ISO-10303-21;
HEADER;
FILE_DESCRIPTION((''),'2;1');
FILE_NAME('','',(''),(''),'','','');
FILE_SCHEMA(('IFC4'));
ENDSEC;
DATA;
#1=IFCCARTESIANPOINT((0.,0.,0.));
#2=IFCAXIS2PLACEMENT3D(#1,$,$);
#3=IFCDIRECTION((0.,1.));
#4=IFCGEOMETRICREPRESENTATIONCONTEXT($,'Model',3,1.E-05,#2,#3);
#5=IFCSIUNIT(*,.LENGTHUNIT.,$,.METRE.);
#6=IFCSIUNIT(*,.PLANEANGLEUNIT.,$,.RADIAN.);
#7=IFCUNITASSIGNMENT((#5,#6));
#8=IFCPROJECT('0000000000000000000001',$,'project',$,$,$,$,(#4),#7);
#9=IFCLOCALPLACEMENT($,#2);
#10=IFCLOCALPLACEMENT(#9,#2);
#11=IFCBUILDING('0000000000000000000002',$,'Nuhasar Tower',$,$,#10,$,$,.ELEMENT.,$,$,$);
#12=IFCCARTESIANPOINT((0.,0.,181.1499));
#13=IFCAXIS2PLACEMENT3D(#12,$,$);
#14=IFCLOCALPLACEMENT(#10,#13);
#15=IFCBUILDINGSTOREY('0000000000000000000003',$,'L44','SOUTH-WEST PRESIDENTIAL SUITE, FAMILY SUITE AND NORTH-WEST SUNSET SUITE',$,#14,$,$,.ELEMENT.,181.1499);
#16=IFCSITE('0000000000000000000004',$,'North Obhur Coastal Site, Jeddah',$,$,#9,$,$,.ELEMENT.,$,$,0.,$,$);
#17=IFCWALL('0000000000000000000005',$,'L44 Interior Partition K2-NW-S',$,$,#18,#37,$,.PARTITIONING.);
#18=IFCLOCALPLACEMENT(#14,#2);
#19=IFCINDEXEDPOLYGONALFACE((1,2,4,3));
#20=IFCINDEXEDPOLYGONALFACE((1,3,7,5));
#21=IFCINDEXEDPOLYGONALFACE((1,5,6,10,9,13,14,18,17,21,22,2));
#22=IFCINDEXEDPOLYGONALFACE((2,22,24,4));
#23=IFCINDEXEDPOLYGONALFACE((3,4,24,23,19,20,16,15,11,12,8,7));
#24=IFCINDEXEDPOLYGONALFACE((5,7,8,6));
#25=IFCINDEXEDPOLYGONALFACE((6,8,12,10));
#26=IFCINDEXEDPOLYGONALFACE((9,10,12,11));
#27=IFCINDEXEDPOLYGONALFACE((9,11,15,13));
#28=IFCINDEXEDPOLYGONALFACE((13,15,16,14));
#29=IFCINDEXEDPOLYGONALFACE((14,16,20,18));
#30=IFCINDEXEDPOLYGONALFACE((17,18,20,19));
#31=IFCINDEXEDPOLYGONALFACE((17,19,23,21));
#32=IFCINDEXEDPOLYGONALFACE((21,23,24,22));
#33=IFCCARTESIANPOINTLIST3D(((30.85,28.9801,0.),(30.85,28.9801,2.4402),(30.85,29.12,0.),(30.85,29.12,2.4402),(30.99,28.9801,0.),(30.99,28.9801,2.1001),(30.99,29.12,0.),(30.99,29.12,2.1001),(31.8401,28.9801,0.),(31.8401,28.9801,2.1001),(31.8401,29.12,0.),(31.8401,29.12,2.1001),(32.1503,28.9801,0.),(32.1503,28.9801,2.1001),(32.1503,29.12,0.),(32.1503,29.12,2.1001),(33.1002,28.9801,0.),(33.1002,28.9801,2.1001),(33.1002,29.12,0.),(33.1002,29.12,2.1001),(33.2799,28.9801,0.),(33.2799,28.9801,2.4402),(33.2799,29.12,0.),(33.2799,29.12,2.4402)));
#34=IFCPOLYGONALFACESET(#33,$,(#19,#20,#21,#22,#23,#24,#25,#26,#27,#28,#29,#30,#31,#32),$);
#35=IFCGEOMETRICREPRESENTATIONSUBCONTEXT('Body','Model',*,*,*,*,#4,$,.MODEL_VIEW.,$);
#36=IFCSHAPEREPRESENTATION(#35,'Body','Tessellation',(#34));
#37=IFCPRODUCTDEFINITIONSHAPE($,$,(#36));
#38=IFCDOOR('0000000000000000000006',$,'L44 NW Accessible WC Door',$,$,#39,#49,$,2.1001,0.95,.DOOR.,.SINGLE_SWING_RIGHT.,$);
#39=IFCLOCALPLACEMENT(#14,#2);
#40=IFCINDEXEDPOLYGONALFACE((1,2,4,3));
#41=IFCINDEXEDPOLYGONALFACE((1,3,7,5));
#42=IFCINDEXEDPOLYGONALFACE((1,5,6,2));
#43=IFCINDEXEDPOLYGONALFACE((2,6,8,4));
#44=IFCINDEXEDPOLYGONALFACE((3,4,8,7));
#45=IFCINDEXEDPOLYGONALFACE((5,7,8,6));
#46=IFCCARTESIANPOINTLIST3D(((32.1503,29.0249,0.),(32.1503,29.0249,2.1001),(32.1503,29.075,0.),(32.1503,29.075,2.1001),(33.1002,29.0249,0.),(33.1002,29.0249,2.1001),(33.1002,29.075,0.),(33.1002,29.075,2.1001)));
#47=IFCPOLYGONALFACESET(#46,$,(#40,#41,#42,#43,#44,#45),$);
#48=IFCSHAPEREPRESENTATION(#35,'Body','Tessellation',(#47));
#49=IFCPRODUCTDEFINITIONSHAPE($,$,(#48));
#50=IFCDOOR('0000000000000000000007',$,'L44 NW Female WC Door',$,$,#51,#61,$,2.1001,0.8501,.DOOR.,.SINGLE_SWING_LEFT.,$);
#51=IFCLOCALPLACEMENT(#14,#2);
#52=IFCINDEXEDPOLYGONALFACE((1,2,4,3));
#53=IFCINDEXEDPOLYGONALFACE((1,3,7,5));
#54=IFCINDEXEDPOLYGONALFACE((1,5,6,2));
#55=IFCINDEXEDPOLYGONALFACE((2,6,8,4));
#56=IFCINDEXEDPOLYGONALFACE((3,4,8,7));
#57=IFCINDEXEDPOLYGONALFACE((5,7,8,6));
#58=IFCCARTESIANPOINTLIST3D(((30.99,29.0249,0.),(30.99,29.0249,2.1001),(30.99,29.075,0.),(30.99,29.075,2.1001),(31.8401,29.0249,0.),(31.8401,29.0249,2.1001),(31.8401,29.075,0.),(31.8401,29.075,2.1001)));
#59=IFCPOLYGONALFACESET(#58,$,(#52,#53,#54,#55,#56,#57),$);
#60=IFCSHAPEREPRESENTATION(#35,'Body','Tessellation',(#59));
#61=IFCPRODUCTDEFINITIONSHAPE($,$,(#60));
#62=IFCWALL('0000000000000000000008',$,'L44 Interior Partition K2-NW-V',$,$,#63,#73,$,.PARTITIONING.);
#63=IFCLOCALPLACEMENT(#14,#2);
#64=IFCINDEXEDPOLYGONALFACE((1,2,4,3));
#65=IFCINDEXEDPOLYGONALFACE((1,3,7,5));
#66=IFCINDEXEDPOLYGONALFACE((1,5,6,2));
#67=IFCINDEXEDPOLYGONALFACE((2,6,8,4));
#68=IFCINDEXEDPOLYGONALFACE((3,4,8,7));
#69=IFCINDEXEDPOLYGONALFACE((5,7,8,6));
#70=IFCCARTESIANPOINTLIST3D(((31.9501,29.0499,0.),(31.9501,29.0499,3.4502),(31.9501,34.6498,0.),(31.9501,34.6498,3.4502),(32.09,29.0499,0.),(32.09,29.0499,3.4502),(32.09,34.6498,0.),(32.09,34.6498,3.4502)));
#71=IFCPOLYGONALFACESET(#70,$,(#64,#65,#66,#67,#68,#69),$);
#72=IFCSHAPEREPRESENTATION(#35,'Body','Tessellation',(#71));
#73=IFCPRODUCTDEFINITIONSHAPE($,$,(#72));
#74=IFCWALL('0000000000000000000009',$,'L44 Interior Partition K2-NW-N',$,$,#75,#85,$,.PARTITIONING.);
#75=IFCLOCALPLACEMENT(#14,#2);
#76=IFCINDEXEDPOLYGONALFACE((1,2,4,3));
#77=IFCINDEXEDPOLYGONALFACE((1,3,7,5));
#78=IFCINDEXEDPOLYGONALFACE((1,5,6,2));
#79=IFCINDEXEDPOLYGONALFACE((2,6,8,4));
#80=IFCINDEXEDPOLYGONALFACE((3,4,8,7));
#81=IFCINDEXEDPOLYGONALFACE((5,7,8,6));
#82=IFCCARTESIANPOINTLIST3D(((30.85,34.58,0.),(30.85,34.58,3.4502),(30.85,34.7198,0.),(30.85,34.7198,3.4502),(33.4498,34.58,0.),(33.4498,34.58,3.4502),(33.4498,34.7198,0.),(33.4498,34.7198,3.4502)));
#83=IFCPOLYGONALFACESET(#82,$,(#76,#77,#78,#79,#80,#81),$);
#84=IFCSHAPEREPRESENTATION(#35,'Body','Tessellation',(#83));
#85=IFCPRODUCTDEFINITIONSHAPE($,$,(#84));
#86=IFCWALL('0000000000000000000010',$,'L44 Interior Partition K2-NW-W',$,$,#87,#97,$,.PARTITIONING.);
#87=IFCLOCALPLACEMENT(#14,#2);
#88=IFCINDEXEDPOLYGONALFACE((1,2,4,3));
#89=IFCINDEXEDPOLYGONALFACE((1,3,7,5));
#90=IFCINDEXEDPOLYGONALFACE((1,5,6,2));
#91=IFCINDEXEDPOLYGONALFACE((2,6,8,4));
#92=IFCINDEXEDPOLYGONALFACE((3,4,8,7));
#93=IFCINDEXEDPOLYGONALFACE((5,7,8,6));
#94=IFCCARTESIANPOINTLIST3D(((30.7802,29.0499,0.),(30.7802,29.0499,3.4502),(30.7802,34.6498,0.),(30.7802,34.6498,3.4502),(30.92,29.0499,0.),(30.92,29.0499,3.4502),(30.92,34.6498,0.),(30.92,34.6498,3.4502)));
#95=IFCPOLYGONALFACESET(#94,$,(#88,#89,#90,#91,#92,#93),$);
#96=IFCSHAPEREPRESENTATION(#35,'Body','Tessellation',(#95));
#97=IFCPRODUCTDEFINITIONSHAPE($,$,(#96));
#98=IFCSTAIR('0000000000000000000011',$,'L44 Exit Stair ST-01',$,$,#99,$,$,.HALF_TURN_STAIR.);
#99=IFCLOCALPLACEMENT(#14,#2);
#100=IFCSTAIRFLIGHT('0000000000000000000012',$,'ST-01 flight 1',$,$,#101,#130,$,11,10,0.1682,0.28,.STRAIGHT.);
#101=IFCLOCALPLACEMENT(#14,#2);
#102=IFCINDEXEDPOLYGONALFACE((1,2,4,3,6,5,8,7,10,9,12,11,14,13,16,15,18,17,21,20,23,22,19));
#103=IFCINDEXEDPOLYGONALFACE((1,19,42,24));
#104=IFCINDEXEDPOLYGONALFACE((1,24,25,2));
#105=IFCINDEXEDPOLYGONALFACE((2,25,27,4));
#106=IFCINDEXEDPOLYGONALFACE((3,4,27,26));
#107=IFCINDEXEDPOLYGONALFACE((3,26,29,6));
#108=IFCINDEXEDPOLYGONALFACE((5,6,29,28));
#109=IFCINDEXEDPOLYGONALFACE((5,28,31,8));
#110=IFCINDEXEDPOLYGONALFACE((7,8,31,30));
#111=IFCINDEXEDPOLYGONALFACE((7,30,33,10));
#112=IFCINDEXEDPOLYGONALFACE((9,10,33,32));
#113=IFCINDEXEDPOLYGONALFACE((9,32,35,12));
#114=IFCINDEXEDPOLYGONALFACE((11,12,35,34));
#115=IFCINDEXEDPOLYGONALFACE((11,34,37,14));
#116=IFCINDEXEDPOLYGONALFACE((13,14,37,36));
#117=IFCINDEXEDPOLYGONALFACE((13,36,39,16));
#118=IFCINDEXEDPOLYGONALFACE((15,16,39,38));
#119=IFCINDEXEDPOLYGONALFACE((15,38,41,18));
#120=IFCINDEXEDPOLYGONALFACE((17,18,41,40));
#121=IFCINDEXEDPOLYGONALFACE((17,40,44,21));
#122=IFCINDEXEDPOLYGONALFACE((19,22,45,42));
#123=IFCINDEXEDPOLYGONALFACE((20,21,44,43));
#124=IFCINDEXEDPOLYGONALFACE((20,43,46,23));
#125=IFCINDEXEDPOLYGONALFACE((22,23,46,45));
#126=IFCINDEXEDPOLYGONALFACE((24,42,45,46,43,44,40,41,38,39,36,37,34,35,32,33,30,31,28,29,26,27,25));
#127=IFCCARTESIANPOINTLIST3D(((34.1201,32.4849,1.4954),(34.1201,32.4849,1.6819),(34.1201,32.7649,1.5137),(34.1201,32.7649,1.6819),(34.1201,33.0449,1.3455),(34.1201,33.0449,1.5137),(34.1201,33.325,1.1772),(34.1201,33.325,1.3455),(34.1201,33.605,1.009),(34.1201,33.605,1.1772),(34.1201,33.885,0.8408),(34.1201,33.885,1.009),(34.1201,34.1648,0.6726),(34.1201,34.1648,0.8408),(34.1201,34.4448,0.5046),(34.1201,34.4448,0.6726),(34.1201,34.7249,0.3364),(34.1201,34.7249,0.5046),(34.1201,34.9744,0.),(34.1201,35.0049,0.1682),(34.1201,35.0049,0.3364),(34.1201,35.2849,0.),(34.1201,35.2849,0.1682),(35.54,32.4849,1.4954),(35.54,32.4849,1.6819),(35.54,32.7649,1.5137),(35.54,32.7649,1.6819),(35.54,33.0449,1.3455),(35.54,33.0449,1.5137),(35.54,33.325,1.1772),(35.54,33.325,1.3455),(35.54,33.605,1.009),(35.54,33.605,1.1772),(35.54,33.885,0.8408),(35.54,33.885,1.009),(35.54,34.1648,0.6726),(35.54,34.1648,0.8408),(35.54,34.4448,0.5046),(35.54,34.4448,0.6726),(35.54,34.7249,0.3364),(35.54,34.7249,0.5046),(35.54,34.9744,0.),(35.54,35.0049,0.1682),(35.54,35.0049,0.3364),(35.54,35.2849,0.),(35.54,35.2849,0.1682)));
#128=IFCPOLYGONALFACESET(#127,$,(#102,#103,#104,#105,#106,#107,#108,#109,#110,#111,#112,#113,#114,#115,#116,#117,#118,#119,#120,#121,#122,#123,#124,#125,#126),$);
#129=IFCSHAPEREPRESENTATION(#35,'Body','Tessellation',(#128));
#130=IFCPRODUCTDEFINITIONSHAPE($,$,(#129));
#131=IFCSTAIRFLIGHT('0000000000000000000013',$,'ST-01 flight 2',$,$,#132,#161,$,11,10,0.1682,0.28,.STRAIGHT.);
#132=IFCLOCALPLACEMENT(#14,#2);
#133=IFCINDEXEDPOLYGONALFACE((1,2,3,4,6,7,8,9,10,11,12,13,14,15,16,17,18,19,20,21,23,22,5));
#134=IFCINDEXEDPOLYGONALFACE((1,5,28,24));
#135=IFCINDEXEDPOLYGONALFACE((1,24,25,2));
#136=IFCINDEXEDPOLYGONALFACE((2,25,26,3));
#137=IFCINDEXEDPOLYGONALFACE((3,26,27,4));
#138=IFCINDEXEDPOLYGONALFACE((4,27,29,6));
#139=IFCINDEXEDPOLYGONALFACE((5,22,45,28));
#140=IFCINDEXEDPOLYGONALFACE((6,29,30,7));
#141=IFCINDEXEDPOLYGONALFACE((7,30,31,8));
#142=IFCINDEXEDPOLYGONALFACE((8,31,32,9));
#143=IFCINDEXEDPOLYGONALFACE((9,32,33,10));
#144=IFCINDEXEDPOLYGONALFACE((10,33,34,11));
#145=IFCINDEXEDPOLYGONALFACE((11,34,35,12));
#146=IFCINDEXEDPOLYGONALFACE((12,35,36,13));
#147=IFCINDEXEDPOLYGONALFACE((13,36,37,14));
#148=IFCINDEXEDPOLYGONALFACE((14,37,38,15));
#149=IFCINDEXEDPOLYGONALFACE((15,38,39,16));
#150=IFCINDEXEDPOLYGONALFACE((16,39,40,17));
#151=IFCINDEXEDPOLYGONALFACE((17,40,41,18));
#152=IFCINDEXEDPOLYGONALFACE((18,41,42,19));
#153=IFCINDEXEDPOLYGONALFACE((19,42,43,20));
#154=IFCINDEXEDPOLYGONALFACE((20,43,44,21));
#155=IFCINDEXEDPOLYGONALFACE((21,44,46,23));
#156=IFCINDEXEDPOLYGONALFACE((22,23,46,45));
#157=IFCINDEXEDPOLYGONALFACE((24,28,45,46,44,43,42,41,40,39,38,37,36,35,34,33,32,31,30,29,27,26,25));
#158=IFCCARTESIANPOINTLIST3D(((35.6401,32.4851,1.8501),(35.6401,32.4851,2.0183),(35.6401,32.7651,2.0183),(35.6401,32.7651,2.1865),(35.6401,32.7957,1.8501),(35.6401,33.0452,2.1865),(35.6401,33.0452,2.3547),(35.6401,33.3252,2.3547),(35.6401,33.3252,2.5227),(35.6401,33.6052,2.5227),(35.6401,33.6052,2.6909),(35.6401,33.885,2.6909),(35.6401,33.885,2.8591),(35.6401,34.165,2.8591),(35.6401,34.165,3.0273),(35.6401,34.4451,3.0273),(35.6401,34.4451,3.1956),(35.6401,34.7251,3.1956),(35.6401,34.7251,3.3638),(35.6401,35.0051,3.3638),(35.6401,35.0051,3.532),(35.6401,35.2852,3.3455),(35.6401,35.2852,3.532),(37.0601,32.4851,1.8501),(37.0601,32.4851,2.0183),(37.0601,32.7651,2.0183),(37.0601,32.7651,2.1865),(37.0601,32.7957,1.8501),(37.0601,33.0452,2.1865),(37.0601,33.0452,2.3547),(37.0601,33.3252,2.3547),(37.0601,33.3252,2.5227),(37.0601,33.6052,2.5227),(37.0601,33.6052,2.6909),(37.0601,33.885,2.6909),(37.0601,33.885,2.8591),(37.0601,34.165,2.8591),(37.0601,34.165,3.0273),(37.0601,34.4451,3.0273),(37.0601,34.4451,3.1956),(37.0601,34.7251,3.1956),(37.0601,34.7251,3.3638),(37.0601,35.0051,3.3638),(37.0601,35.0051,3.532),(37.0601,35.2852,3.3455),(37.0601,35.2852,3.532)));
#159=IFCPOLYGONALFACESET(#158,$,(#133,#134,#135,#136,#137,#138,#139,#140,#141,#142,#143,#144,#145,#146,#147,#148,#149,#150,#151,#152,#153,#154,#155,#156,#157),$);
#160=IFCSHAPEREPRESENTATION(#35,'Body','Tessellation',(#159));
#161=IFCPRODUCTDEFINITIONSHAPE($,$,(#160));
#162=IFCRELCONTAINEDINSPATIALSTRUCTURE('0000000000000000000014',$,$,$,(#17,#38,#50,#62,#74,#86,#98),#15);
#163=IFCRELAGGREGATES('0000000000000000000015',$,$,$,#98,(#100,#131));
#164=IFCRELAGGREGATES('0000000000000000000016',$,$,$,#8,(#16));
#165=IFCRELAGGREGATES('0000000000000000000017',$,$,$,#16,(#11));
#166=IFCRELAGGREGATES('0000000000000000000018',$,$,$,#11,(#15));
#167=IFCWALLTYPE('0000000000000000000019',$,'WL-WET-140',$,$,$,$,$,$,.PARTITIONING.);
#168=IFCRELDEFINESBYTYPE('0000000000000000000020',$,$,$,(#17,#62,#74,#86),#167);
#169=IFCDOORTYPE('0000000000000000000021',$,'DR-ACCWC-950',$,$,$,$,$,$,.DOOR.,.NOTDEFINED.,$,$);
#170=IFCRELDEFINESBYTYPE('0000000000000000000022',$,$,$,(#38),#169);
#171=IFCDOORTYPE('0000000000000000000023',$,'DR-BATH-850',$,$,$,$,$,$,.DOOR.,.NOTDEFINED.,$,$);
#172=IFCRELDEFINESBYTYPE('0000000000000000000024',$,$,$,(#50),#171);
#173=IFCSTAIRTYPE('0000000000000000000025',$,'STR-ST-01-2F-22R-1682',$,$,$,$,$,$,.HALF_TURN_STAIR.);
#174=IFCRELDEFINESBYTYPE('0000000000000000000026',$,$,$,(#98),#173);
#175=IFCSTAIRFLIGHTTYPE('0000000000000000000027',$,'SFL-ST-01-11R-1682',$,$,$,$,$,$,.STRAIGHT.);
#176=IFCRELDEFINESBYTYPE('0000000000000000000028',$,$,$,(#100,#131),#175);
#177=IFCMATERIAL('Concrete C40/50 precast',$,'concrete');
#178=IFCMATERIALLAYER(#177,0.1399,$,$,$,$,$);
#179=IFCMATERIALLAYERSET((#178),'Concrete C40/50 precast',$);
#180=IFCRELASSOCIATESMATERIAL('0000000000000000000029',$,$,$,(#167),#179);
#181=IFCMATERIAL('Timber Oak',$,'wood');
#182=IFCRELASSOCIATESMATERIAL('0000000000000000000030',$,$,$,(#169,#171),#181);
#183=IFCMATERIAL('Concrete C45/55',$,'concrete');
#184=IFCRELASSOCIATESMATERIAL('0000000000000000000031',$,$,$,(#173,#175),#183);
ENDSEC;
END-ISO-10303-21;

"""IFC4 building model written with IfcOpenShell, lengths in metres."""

from ifc_helpers import new_model, si_unit, direction, frame, frame_2d, origin, place, context, subcontext, project, spatial, polyline, rectangle, outline, extrude, material, layer, layer_set, type_object, element, fill, aggregate, save


model = new_model("IFC4")

# Units and contexts
model_context = context("Model", 3, precision=1e-05, world=origin(), true_north=direction((0.0, 1.0)))
body_context = subcontext(model_context, "Body", "Model", "MODEL_VIEW")
ifc_project = project(units=[si_unit("LENGTHUNIT", "METRE"), si_unit("PLANEANGLEUNIT", "RADIAN")], contexts=[model_context])

# Site, building, storey
site_placement = place(None, origin())
site = spatial("IfcSite", under=ifc_project, at=site_placement, Name="North Obhur Coastal Site, Jeddah", CompositionType="ELEMENT", RefElevation=0.0)
building_placement = place(site_placement, origin())
building = spatial("IfcBuilding", under=site, at=building_placement, Name="Nuhasar Tower", CompositionType="ELEMENT")
storey_placement = place(building_placement, frame((0.0, 0.0, 181.1499)))
storey = spatial("IfcBuildingStorey", under=building, at=storey_placement, Name="L44", Description="SOUTH-WEST PRESIDENTIAL SUITE, FAMILY SUITE AND NORTH-WEST SUNSET SUITE", CompositionType="ELEMENT", Elevation=181.1499)

# Shared definitions
ifc_material_1 = material(Name="Concrete C40/50 precast", Category="concrete")
ifc_layer_1 = layer(ifc_material_1, 0.1399)
ifc_layer_set_1 = layer_set([ifc_layer_1], Name="Concrete C40/50 precast")
wall_type_1 = type_object("IfcWallType", Name="WL-WET-140", PredefinedType="PARTITIONING", material=ifc_layer_set_1)

# Wall, openings, doors
wall_1_placement = place(storey_placement, frame((30.8501, 29.05, 0.0), z_axis=(0.0, 0.0, 1.0), x_axis=(1.0, 0.0, 0.0)))
wall_1 = element("IfcWall", 1, at=wall_1_placement, inside=storey, type_object=wall_type_1, Name="L44 Interior Partition K2-NW-S", PredefinedType="PARTITIONING", context=body_context, shape_type="SweptSolid", body=[
    extrude(rectangle(XDim=2.4299, YDim=0.1399, at=frame_2d((1.2148, 0.0))), origin(), (0.0, 0.0, 1.0), 2.4402),
])
opening_1_placement = place(wall_1_placement, frame((0.1399, 0.0, 0.0)))
opening_1 = element("IfcOpeningElement", 2, at=opening_1_placement, cuts=wall_1, PredefinedType="OPENING", context=body_context, shape_type="SweptSolid", body=[
    extrude(rectangle(XDim=0.8501, YDim=2.1001, at=frame_2d((0.425, 1.05))), frame((0.0, 0.0801, 0.0), z_axis=(0.0, -1.0, 0.0), x_axis=(1.0, 0.0, 0.0)), (0.0, 0.0, 1.0), 0.1599),
])
opening_2_placement = place(wall_1_placement, frame((1.3, 0.0, 0.0)))
opening_2 = element("IfcOpeningElement", 3, at=opening_2_placement, cuts=wall_1, PredefinedType="OPENING", context=body_context, shape_type="SweptSolid", body=[
    extrude(rectangle(XDim=0.95, YDim=2.1001, at=frame_2d((0.4751, 1.05))), frame((0.0, 0.0801, 0.0), z_axis=(0.0, -1.0, 0.0), x_axis=(1.0, 0.0, 0.0)), (0.0, 0.0, 1.0), 0.1599),
])
ifc_material_2 = material(Name="Timber Oak", Category="wood")
door_type_1 = type_object("IfcDoorType", Name="DR-ACCWC-950", OperationType="NOTDEFINED", PredefinedType="DOOR", material=ifc_material_2)
door_1_placement = place(opening_2_placement, origin())
door_1 = element("IfcDoor", 4, at=door_1_placement, inside=storey, type_object=door_type_1, Name="L44 NW Accessible WC Door", OperationType="SINGLE_SWING_RIGHT", OverallHeight=2.1001, OverallWidth=0.95, PredefinedType="DOOR", context=body_context, shape_type="SweptSolid", body=[
    extrude(rectangle(XDim=0.95, YDim=2.1001, at=frame_2d((0.4751, 1.05))), frame((0.0, 0.0249, 0.0), z_axis=(0.0, -1.0, 0.0), x_axis=(1.0, 0.0, 0.0)), (0.0, 0.0, 1.0), 0.05),
])
fill(opening_2, door_1)
door_type_2 = type_object("IfcDoorType", Name="DR-BATH-850", OperationType="NOTDEFINED", PredefinedType="DOOR", material=ifc_material_2)
door_2_placement = place(opening_1_placement, origin())
door_2 = element("IfcDoor", 5, at=door_2_placement, inside=storey, type_object=door_type_2, Name="L44 NW Female WC Door", OperationType="SINGLE_SWING_LEFT", OverallHeight=2.1001, OverallWidth=0.8501, PredefinedType="DOOR", context=body_context, shape_type="SweptSolid", body=[
    extrude(rectangle(XDim=0.8501, YDim=2.1001, at=frame_2d((0.425, 1.05))), frame((0.0, 0.0249, 0.0), z_axis=(0.0, -1.0, 0.0), x_axis=(1.0, 0.0, 0.0)), (0.0, 0.0, 1.0), 0.05),
])
fill(opening_1, door_2)

# Walls
wall_2_placement = place(storey_placement, frame((32.02, 29.05, 0.0), z_axis=(0.0, 0.0, 1.0), x_axis=(0.0, 1.0, 0.0)))
element("IfcWall", 6, at=wall_2_placement, inside=storey, type_object=wall_type_1, Name="L44 Interior Partition K2-NW-V", PredefinedType="PARTITIONING", context=body_context, shape_type="SweptSolid", body=[
    extrude(rectangle(XDim=5.5999, YDim=0.1399, at=frame_2d((2.7998, 0.0))), origin(), (0.0, 0.0, 1.0), 3.4502),
])
wall_3_placement = place(storey_placement, frame((30.8501, 34.6499, 0.0), z_axis=(0.0, 0.0, 1.0), x_axis=(1.0, 0.0, 0.0)))
element("IfcWall", 7, at=wall_3_placement, inside=storey, type_object=wall_type_1, Name="L44 Interior Partition K2-NW-N", PredefinedType="PARTITIONING", context=body_context, shape_type="SweptSolid", body=[
    extrude(rectangle(XDim=2.5999, YDim=0.1399, at=frame_2d((1.2998, 0.0))), origin(), (0.0, 0.0, 1.0), 3.4502),
])
wall_4_placement = place(storey_placement, frame((30.8501, 29.05, 0.0), z_axis=(0.0, 0.0, 1.0), x_axis=(0.0, 1.0, 0.0)))
element("IfcWall", 8, at=wall_4_placement, inside=storey, type_object=wall_type_1, Name="L44 Interior Partition K2-NW-W", PredefinedType="PARTITIONING", context=body_context, shape_type="SweptSolid", body=[
    extrude(rectangle(XDim=5.5999, YDim=0.1399, at=frame_2d((2.7998, 0.0))), origin(), (0.0, 0.0, 1.0), 3.4502),
])

# Stair, stair flights
ifc_material_3 = material(Name="Concrete C45/55", Category="concrete")
stair_type_1 = type_object("IfcStairType", Name="STR-ST-01-2F-22R-1682", PredefinedType="HALF_TURN_STAIR", material=ifc_material_3)
stair_1_placement = place(storey_placement, origin())
stair_1 = element("IfcStair", 9, at=stair_1_placement, inside=storey, type_object=stair_type_1, Name="L44 Exit Stair ST-01", PredefinedType="HALF_TURN_STAIR")
stair_flight_type_1 = type_object("IfcStairFlightType", Name="SFL-ST-01-11R-1682", PredefinedType="STRAIGHT", material=ifc_material_3)
stair_flight_1_placement = place(storey_placement, frame((34.8301, 35.2849, 0.0), z_axis=(0.0, 0.0, 1.0), x_axis=(0.0, -1.0, 0.0)))
stair_flight_1 = element("IfcStairFlight", 10, at=stair_flight_1_placement, type_object=stair_flight_type_1, Name="ST-01 flight 1", NumberOfRisers=11, NumberOfTreads=10, PredefinedType="STRAIGHT", RiserHeight=0.1682, TreadLength=0.28, context=body_context, shape_type="SweptSolid", body=[
    extrude(outline(polyline([(0.0, 0.0), (0.0, 0.1682), (0.28, 0.1682), (0.28, 0.3364), (0.5601, 0.3364), (0.5601, 0.5046), (0.8401, 0.5046), (0.8401, 0.6726), (1.1201, 0.6726), (1.1201, 0.8408), (1.3999, 0.8408), (1.3999, 1.009), (1.6799, 1.009), (1.6799, 1.1772), (1.96, 1.1772), (1.96, 1.3455), (2.24, 1.3455), (2.24, 1.5137), (2.52, 1.5137), (2.52, 1.6819), (2.8, 1.6819), (2.8, 1.8501), (2.8, 1.4954), (0.3105, 0.0), (0.0, 0.0)])), frame((0.0, 0.71, 0.0), z_axis=(0.0, -1.0, 0.0), x_axis=(1.0, 0.0, 0.0)), (0.0, 0.0, 1.0), 1.4199),
])
stair_flight_2_placement = place(storey_placement, frame((36.3501, 32.4851, 1.8501), z_axis=(0.0, 0.0, 1.0), x_axis=(0.0, 1.0, 0.0)))
stair_flight_2 = element("IfcStairFlight", 11, at=stair_flight_2_placement, type_object=stair_flight_type_1, Name="ST-01 flight 2", NumberOfRisers=11, NumberOfTreads=10, PredefinedType="STRAIGHT", RiserHeight=0.1682, TreadLength=0.28, context=body_context, shape_type="SweptSolid", body=[
    extrude(outline(polyline([(0.0, 0.0), (0.0, 0.1682), (0.28, 0.1682), (0.28, 0.3364), (0.5601, 0.3364), (0.5601, 0.5046), (0.8401, 0.5046), (0.8401, 0.6726), (1.1201, 0.6726), (1.1201, 0.8408), (1.3999, 0.8408), (1.3999, 1.009), (1.6799, 1.009), (1.6799, 1.1772), (1.96, 1.1772), (1.96, 1.3455), (2.24, 1.3455), (2.24, 1.5137), (2.52, 1.5137), (2.52, 1.6819), (2.8, 1.6819), (2.8, 1.8501), (2.8, 1.4954), (0.3105, 0.0), (0.0, 0.0)])), frame((0.0, 0.71, 0.0), z_axis=(0.0, -1.0, 0.0), x_axis=(1.0, 0.0, 0.0)), (0.0, 0.0, 1.0), 1.4199),
])
aggregate(stair_1, [stair_flight_1, stair_flight_2])

save(model, "model.ifc")
